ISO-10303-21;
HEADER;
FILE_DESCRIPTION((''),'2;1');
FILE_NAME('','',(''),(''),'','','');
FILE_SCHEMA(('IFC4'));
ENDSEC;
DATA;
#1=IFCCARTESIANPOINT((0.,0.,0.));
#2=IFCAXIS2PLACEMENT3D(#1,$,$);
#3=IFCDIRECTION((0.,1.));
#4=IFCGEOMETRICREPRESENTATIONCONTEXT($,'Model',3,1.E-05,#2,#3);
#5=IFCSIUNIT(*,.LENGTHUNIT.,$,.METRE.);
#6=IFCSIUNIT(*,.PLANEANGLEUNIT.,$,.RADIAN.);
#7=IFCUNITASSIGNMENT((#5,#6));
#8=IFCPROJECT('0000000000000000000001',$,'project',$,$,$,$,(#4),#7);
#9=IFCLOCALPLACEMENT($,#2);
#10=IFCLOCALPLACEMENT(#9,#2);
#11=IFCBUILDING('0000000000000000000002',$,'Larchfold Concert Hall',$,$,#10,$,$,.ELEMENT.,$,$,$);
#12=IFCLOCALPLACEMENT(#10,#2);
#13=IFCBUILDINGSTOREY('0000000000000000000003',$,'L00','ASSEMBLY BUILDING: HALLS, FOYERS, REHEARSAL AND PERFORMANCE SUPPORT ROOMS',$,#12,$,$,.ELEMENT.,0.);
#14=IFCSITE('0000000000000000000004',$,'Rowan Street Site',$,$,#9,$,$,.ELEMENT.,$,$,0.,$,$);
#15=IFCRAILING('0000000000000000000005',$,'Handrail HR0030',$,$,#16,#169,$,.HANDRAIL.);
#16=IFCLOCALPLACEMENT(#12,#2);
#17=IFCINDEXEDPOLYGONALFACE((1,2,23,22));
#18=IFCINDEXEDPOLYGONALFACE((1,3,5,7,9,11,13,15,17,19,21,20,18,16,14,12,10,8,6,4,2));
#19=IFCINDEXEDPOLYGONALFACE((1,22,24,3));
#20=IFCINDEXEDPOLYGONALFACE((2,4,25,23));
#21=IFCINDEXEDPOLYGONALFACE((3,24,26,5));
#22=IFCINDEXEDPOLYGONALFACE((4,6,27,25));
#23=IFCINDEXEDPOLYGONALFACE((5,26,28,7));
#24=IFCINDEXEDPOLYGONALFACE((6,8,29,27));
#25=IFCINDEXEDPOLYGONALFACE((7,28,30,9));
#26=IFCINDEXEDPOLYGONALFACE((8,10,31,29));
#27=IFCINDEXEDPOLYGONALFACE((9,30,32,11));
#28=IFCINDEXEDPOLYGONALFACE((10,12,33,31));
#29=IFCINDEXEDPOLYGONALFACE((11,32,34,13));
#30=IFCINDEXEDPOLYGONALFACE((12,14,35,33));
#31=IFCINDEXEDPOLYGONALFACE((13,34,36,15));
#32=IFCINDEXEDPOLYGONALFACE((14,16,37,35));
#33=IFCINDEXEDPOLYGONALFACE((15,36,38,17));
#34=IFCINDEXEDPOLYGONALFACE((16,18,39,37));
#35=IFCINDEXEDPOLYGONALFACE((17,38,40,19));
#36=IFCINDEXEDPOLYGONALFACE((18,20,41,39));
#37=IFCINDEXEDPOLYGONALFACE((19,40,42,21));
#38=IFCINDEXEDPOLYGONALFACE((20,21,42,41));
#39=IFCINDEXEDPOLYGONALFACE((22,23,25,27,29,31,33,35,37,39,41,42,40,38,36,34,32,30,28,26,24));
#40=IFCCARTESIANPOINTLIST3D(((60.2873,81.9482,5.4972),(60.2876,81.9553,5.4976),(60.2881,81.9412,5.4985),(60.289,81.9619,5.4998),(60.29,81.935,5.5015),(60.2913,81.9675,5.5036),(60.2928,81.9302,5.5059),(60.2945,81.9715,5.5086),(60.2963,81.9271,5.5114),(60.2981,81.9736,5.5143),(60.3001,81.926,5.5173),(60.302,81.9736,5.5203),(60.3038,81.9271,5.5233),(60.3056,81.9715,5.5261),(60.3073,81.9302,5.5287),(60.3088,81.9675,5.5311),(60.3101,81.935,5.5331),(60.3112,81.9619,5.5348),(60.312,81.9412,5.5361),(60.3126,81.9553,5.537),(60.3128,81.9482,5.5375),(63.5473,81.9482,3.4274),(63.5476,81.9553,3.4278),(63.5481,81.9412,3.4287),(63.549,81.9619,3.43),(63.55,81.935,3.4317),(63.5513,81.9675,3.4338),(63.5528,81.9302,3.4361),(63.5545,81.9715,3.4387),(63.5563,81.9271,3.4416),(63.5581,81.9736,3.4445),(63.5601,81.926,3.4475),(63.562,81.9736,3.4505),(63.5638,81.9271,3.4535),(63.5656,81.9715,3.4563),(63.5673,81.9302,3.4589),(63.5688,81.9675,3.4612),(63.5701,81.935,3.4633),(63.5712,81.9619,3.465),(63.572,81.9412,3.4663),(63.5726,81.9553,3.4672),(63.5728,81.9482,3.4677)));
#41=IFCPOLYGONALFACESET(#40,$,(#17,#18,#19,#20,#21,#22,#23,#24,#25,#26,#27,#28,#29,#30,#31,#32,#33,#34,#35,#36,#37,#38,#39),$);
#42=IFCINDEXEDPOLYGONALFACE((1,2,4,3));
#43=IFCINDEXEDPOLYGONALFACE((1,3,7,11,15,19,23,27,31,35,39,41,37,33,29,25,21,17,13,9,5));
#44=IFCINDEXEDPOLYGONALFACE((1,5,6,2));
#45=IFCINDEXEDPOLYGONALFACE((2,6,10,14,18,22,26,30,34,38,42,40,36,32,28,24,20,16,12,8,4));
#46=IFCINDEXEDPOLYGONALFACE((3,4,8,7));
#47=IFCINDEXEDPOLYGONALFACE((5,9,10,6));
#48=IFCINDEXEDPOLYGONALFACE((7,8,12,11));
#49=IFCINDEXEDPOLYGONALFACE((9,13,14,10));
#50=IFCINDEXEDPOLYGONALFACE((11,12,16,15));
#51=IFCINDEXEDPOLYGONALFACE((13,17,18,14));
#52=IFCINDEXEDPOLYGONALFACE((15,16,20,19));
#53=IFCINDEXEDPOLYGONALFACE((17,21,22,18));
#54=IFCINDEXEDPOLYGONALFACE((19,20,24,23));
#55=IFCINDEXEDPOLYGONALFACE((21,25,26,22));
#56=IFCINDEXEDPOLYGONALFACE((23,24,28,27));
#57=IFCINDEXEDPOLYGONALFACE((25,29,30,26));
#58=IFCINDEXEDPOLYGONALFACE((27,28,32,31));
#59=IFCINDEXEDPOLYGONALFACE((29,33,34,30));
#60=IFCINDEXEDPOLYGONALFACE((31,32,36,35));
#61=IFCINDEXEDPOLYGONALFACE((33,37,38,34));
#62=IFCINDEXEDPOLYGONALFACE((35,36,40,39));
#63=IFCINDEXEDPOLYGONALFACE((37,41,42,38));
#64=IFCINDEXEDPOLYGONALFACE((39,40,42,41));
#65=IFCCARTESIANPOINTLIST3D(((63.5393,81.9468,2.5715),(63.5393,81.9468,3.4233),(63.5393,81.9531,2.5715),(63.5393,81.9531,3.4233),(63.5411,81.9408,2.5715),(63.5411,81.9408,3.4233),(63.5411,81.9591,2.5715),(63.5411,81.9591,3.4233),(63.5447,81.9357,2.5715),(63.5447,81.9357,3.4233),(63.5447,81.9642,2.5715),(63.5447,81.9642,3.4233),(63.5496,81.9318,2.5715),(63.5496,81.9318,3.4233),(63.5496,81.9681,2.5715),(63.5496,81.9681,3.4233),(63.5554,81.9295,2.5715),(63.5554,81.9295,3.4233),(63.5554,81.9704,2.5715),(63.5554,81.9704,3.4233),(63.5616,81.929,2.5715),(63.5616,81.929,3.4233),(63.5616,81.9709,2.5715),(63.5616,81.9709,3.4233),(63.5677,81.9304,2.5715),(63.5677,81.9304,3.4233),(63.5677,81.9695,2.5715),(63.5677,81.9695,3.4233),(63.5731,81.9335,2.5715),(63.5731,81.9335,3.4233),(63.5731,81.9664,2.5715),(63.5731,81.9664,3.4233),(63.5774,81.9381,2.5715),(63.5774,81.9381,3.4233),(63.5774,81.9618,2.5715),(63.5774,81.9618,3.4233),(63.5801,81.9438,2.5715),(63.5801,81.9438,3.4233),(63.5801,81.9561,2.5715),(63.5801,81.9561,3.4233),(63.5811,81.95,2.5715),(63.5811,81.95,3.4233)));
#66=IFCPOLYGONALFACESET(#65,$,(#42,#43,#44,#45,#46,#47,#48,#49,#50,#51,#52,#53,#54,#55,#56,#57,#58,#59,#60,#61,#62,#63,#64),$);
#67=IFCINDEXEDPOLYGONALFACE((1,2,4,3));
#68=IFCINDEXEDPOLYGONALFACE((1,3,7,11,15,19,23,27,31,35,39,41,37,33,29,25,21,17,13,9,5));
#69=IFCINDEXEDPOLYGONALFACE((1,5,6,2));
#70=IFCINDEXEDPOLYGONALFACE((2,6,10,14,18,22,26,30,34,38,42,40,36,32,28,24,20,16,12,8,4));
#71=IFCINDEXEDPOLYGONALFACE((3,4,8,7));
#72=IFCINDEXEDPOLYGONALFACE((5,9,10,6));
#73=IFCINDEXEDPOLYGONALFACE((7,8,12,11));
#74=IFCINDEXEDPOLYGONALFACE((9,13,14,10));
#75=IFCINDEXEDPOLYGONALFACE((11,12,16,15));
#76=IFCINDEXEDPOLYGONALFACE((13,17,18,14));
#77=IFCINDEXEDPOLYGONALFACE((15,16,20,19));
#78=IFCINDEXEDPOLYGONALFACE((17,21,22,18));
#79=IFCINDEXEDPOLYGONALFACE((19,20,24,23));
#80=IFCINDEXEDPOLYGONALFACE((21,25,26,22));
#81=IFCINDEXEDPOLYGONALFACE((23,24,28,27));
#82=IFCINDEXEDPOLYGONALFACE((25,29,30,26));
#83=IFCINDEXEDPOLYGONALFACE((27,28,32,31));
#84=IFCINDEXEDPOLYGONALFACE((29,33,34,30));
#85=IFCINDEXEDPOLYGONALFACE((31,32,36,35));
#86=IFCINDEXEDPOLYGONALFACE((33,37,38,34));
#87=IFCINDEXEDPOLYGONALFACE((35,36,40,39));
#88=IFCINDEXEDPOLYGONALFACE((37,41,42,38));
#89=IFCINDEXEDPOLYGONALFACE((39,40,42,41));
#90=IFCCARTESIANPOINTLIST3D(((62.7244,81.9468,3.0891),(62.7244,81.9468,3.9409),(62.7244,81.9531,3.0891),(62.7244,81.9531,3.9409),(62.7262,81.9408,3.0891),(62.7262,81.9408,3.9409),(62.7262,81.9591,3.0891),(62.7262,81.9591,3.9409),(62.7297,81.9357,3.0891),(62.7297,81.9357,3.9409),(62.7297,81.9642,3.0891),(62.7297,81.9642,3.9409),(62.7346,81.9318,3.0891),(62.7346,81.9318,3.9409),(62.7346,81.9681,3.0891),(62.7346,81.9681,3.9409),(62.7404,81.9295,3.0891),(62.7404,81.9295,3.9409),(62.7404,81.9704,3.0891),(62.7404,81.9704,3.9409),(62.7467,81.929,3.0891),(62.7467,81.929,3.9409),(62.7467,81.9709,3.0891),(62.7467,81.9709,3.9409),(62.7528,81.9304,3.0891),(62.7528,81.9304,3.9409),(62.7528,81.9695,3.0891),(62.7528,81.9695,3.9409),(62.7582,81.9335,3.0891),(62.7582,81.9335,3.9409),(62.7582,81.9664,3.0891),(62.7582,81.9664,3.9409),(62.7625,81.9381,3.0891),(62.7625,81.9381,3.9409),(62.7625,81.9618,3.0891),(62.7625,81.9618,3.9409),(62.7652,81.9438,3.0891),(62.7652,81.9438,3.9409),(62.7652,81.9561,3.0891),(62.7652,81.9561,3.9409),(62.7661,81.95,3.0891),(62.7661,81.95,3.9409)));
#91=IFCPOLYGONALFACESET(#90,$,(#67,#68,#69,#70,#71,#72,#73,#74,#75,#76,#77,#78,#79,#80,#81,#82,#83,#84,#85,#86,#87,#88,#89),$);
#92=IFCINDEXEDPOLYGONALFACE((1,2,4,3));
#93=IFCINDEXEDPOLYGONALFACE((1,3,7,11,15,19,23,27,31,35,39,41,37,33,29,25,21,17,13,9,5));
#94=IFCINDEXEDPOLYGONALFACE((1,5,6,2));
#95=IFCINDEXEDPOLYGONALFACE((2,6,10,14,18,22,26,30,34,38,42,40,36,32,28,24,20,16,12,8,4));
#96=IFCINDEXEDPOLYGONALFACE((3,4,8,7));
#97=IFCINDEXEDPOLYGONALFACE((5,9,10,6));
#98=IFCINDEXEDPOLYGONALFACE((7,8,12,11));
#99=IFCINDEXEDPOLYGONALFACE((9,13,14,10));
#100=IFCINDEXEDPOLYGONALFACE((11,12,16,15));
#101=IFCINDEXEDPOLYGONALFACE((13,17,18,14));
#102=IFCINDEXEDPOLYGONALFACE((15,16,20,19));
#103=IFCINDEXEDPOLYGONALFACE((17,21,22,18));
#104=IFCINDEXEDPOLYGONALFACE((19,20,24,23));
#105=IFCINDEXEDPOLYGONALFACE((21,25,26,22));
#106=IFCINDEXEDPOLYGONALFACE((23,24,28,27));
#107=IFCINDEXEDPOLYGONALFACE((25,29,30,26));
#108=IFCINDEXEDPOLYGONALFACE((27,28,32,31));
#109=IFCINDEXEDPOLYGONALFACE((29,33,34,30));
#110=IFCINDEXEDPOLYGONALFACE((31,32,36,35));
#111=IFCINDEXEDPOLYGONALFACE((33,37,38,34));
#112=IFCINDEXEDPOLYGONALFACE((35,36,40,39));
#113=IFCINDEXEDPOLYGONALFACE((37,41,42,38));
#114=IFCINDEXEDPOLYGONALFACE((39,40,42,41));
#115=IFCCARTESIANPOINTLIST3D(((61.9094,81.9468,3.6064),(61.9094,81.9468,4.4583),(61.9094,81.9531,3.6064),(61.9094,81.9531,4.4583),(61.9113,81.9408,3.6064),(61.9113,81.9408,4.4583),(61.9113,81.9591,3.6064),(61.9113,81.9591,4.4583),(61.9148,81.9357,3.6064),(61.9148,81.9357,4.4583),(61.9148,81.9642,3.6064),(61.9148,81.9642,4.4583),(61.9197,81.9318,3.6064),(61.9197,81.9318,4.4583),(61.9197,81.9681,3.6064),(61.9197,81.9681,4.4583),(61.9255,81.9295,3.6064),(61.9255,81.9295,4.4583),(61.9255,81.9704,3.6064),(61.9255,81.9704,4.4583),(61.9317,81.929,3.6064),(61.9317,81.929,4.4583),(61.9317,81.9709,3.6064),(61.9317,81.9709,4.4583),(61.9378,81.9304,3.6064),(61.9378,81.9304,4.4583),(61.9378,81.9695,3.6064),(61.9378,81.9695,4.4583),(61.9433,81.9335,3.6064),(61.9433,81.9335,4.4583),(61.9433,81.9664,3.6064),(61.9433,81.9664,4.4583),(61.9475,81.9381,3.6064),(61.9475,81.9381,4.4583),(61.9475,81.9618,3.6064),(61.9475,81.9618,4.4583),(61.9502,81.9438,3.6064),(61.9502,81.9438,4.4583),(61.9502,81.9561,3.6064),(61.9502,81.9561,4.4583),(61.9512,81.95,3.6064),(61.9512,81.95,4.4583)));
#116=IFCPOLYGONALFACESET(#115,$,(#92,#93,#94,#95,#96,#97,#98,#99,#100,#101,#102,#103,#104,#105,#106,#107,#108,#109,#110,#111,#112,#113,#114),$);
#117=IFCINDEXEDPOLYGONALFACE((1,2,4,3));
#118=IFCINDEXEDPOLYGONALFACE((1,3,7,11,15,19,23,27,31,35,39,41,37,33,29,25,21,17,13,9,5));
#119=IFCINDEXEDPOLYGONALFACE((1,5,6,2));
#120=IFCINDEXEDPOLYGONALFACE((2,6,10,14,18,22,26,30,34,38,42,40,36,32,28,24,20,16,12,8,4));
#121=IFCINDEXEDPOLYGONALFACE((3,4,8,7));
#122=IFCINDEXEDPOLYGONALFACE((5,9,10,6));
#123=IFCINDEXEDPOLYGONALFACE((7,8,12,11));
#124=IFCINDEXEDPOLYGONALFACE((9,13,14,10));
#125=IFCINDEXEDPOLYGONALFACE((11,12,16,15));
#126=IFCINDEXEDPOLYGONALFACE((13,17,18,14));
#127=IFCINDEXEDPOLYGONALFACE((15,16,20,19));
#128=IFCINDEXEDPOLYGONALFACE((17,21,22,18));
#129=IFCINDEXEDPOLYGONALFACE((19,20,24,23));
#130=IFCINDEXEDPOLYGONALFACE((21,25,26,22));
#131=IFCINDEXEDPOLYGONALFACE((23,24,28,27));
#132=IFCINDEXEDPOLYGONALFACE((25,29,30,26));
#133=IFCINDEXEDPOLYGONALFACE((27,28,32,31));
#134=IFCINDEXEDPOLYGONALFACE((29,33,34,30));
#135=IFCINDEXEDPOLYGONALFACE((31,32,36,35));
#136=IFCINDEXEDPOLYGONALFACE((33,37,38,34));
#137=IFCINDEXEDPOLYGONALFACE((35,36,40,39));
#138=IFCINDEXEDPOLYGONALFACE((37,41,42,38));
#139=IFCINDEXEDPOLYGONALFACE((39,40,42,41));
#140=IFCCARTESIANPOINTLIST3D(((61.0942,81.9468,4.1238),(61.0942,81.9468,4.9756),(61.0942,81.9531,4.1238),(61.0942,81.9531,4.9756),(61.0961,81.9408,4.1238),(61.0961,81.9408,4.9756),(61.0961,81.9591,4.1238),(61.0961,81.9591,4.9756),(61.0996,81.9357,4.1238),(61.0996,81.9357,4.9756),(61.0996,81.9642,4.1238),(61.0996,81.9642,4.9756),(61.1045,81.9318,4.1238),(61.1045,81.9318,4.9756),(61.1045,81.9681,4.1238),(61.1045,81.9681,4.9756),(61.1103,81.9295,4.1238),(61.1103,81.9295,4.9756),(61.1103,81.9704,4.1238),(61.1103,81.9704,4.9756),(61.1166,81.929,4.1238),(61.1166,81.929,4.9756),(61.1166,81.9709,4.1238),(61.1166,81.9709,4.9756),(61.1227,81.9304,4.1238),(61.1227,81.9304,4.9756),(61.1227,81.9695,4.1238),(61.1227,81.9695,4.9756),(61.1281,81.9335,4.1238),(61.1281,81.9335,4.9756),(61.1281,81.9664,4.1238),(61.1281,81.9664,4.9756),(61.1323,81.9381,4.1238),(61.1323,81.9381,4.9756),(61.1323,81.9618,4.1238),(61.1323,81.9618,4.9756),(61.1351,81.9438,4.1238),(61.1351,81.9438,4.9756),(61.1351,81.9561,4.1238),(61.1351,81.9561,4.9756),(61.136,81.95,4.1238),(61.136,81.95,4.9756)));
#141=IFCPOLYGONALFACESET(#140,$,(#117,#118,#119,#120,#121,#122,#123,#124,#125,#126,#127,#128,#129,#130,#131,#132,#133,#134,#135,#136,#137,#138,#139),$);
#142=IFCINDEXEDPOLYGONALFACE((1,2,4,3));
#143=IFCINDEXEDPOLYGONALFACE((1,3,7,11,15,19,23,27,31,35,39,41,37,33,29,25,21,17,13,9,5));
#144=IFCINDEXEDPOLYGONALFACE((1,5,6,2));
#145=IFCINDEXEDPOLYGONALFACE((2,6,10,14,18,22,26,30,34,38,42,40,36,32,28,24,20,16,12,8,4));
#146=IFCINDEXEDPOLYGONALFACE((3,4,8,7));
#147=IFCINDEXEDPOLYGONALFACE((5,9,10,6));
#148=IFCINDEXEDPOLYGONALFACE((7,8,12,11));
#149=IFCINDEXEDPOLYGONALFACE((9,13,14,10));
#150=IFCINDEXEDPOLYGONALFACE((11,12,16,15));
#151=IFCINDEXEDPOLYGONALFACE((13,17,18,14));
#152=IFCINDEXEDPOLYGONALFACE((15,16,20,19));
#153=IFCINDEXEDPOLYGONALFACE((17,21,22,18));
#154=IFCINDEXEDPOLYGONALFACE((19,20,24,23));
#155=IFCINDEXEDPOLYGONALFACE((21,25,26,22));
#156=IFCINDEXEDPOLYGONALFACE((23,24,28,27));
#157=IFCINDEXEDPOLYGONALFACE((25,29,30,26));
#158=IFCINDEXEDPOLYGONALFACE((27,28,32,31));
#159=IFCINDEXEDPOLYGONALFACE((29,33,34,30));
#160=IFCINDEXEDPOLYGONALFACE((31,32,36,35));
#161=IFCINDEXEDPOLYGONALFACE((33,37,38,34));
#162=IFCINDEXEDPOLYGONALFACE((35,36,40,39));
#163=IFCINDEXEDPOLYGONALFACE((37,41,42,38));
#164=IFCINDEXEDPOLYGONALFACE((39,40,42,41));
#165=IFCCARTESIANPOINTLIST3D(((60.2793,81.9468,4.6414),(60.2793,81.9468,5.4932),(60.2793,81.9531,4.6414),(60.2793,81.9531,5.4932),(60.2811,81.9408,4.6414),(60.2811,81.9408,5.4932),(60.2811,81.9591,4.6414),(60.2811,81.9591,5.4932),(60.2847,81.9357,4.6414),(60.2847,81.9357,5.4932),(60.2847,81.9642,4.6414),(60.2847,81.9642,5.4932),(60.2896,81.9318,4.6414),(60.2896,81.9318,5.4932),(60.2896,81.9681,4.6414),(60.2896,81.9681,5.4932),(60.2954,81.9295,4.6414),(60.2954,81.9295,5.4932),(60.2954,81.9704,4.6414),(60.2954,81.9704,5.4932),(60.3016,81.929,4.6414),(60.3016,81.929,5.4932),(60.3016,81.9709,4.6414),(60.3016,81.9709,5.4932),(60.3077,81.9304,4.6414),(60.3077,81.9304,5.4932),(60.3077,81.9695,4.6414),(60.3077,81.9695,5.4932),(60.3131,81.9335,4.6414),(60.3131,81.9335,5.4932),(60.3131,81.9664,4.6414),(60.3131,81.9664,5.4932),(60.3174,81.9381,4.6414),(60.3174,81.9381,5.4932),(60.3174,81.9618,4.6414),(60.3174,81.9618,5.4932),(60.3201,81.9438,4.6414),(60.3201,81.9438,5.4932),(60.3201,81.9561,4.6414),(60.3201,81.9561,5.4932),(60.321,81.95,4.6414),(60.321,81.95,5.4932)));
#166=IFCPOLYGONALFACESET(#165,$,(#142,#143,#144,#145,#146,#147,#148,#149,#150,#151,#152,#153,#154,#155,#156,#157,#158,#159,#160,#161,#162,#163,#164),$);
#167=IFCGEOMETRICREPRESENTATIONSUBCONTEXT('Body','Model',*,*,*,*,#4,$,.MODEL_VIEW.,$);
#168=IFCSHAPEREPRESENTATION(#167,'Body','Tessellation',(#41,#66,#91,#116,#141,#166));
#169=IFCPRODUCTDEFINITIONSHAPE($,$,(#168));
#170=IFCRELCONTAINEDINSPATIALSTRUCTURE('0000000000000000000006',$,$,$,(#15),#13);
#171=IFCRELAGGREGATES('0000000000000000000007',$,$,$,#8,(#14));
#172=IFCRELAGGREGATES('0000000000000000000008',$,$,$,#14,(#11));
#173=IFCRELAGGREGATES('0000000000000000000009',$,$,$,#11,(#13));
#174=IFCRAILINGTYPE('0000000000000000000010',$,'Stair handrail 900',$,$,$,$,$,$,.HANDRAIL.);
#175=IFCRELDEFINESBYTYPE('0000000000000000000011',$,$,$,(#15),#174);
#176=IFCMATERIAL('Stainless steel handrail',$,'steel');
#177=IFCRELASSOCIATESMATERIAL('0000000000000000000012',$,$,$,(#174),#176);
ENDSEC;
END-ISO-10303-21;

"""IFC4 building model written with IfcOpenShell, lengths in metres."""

from ifc_helpers import new_model, si_unit, direction, frame, origin, origin_2d, place, context, subcontext, project, spatial, circle, extrude, material, type_object, element, save


model = new_model("IFC4")

# Units and contexts
model_context = context("Model", 3, precision=1e-05, world=origin(), true_north=direction((0.0, 1.0)))
body_context = subcontext(model_context, "Body", "Model", "MODEL_VIEW")
ifc_project = project(units=[si_unit("LENGTHUNIT", "METRE"), si_unit("PLANEANGLEUNIT", "RADIAN")], contexts=[model_context])

# Site, building, storey
site_placement = place(None, origin())
site = spatial("IfcSite", under=ifc_project, at=site_placement, Name="Rowan Street Site", CompositionType="ELEMENT", RefElevation=0.0)
building_placement = place(site_placement, origin())
building = spatial("IfcBuilding", under=site, at=building_placement, Name="Larchfold Concert Hall", CompositionType="ELEMENT")
storey_placement = place(building_placement, origin())
storey = spatial("IfcBuildingStorey", under=building, at=storey_placement, Name="L00", Description="ASSEMBLY BUILDING: HALLS, FOYERS, REHEARSAL AND PERFORMANCE SUPPORT ROOMS", CompositionType="ELEMENT", Elevation=0.0)

# Railing
ifc_material_1 = material(Name="Stainless steel handrail", Category="steel")
railing_type_1 = type_object("IfcRailingType", Name="Stair handrail 900", PredefinedType="HANDRAIL", material=ifc_material_1)
railing_1_placement = place(storey_placement, frame((63.5601, 81.95, 2.5715)))
element("IfcRailing", 1, at=railing_1_placement, inside=storey, type_object=railing_type_1, Name="Handrail HR0030", PredefinedType="HANDRAIL", context=body_context, shape_type="SweptSolid", body=[
    extrude(circle(Radius=0.0239, at=origin_2d()), frame((0.0, 0.0, 0.876), z_axis=(-0.844216, 0.0, 0.536004), x_axis=(0.0, -1.0, 0.0)), (0.0, 0.0, 1.0), 3.8616),
    extrude(circle(Radius=0.021, at=origin_2d()), origin(), (0.0, 0.0, 1.0), 0.8518),
    extrude(circle(Radius=0.021, at=origin_2d()), frame((-0.8149, 0.0, 0.5176)), (0.0, 0.0, 1.0), 0.8518),
    extrude(circle(Radius=0.021, at=origin_2d()), frame((-1.6299, 0.0, 1.0349)), (0.0, 0.0, 1.0), 0.8518),
    extrude(circle(Radius=0.021, at=origin_2d()), frame((-2.4451, 0.0, 1.5522)), (0.0, 0.0, 1.0), 0.8518),
    extrude(circle(Radius=0.021, at=origin_2d()), frame((-3.26, 0.0, 2.0698)), (0.0, 0.0, 1.0), 0.8518),
])

save(model, "model.ifc")
